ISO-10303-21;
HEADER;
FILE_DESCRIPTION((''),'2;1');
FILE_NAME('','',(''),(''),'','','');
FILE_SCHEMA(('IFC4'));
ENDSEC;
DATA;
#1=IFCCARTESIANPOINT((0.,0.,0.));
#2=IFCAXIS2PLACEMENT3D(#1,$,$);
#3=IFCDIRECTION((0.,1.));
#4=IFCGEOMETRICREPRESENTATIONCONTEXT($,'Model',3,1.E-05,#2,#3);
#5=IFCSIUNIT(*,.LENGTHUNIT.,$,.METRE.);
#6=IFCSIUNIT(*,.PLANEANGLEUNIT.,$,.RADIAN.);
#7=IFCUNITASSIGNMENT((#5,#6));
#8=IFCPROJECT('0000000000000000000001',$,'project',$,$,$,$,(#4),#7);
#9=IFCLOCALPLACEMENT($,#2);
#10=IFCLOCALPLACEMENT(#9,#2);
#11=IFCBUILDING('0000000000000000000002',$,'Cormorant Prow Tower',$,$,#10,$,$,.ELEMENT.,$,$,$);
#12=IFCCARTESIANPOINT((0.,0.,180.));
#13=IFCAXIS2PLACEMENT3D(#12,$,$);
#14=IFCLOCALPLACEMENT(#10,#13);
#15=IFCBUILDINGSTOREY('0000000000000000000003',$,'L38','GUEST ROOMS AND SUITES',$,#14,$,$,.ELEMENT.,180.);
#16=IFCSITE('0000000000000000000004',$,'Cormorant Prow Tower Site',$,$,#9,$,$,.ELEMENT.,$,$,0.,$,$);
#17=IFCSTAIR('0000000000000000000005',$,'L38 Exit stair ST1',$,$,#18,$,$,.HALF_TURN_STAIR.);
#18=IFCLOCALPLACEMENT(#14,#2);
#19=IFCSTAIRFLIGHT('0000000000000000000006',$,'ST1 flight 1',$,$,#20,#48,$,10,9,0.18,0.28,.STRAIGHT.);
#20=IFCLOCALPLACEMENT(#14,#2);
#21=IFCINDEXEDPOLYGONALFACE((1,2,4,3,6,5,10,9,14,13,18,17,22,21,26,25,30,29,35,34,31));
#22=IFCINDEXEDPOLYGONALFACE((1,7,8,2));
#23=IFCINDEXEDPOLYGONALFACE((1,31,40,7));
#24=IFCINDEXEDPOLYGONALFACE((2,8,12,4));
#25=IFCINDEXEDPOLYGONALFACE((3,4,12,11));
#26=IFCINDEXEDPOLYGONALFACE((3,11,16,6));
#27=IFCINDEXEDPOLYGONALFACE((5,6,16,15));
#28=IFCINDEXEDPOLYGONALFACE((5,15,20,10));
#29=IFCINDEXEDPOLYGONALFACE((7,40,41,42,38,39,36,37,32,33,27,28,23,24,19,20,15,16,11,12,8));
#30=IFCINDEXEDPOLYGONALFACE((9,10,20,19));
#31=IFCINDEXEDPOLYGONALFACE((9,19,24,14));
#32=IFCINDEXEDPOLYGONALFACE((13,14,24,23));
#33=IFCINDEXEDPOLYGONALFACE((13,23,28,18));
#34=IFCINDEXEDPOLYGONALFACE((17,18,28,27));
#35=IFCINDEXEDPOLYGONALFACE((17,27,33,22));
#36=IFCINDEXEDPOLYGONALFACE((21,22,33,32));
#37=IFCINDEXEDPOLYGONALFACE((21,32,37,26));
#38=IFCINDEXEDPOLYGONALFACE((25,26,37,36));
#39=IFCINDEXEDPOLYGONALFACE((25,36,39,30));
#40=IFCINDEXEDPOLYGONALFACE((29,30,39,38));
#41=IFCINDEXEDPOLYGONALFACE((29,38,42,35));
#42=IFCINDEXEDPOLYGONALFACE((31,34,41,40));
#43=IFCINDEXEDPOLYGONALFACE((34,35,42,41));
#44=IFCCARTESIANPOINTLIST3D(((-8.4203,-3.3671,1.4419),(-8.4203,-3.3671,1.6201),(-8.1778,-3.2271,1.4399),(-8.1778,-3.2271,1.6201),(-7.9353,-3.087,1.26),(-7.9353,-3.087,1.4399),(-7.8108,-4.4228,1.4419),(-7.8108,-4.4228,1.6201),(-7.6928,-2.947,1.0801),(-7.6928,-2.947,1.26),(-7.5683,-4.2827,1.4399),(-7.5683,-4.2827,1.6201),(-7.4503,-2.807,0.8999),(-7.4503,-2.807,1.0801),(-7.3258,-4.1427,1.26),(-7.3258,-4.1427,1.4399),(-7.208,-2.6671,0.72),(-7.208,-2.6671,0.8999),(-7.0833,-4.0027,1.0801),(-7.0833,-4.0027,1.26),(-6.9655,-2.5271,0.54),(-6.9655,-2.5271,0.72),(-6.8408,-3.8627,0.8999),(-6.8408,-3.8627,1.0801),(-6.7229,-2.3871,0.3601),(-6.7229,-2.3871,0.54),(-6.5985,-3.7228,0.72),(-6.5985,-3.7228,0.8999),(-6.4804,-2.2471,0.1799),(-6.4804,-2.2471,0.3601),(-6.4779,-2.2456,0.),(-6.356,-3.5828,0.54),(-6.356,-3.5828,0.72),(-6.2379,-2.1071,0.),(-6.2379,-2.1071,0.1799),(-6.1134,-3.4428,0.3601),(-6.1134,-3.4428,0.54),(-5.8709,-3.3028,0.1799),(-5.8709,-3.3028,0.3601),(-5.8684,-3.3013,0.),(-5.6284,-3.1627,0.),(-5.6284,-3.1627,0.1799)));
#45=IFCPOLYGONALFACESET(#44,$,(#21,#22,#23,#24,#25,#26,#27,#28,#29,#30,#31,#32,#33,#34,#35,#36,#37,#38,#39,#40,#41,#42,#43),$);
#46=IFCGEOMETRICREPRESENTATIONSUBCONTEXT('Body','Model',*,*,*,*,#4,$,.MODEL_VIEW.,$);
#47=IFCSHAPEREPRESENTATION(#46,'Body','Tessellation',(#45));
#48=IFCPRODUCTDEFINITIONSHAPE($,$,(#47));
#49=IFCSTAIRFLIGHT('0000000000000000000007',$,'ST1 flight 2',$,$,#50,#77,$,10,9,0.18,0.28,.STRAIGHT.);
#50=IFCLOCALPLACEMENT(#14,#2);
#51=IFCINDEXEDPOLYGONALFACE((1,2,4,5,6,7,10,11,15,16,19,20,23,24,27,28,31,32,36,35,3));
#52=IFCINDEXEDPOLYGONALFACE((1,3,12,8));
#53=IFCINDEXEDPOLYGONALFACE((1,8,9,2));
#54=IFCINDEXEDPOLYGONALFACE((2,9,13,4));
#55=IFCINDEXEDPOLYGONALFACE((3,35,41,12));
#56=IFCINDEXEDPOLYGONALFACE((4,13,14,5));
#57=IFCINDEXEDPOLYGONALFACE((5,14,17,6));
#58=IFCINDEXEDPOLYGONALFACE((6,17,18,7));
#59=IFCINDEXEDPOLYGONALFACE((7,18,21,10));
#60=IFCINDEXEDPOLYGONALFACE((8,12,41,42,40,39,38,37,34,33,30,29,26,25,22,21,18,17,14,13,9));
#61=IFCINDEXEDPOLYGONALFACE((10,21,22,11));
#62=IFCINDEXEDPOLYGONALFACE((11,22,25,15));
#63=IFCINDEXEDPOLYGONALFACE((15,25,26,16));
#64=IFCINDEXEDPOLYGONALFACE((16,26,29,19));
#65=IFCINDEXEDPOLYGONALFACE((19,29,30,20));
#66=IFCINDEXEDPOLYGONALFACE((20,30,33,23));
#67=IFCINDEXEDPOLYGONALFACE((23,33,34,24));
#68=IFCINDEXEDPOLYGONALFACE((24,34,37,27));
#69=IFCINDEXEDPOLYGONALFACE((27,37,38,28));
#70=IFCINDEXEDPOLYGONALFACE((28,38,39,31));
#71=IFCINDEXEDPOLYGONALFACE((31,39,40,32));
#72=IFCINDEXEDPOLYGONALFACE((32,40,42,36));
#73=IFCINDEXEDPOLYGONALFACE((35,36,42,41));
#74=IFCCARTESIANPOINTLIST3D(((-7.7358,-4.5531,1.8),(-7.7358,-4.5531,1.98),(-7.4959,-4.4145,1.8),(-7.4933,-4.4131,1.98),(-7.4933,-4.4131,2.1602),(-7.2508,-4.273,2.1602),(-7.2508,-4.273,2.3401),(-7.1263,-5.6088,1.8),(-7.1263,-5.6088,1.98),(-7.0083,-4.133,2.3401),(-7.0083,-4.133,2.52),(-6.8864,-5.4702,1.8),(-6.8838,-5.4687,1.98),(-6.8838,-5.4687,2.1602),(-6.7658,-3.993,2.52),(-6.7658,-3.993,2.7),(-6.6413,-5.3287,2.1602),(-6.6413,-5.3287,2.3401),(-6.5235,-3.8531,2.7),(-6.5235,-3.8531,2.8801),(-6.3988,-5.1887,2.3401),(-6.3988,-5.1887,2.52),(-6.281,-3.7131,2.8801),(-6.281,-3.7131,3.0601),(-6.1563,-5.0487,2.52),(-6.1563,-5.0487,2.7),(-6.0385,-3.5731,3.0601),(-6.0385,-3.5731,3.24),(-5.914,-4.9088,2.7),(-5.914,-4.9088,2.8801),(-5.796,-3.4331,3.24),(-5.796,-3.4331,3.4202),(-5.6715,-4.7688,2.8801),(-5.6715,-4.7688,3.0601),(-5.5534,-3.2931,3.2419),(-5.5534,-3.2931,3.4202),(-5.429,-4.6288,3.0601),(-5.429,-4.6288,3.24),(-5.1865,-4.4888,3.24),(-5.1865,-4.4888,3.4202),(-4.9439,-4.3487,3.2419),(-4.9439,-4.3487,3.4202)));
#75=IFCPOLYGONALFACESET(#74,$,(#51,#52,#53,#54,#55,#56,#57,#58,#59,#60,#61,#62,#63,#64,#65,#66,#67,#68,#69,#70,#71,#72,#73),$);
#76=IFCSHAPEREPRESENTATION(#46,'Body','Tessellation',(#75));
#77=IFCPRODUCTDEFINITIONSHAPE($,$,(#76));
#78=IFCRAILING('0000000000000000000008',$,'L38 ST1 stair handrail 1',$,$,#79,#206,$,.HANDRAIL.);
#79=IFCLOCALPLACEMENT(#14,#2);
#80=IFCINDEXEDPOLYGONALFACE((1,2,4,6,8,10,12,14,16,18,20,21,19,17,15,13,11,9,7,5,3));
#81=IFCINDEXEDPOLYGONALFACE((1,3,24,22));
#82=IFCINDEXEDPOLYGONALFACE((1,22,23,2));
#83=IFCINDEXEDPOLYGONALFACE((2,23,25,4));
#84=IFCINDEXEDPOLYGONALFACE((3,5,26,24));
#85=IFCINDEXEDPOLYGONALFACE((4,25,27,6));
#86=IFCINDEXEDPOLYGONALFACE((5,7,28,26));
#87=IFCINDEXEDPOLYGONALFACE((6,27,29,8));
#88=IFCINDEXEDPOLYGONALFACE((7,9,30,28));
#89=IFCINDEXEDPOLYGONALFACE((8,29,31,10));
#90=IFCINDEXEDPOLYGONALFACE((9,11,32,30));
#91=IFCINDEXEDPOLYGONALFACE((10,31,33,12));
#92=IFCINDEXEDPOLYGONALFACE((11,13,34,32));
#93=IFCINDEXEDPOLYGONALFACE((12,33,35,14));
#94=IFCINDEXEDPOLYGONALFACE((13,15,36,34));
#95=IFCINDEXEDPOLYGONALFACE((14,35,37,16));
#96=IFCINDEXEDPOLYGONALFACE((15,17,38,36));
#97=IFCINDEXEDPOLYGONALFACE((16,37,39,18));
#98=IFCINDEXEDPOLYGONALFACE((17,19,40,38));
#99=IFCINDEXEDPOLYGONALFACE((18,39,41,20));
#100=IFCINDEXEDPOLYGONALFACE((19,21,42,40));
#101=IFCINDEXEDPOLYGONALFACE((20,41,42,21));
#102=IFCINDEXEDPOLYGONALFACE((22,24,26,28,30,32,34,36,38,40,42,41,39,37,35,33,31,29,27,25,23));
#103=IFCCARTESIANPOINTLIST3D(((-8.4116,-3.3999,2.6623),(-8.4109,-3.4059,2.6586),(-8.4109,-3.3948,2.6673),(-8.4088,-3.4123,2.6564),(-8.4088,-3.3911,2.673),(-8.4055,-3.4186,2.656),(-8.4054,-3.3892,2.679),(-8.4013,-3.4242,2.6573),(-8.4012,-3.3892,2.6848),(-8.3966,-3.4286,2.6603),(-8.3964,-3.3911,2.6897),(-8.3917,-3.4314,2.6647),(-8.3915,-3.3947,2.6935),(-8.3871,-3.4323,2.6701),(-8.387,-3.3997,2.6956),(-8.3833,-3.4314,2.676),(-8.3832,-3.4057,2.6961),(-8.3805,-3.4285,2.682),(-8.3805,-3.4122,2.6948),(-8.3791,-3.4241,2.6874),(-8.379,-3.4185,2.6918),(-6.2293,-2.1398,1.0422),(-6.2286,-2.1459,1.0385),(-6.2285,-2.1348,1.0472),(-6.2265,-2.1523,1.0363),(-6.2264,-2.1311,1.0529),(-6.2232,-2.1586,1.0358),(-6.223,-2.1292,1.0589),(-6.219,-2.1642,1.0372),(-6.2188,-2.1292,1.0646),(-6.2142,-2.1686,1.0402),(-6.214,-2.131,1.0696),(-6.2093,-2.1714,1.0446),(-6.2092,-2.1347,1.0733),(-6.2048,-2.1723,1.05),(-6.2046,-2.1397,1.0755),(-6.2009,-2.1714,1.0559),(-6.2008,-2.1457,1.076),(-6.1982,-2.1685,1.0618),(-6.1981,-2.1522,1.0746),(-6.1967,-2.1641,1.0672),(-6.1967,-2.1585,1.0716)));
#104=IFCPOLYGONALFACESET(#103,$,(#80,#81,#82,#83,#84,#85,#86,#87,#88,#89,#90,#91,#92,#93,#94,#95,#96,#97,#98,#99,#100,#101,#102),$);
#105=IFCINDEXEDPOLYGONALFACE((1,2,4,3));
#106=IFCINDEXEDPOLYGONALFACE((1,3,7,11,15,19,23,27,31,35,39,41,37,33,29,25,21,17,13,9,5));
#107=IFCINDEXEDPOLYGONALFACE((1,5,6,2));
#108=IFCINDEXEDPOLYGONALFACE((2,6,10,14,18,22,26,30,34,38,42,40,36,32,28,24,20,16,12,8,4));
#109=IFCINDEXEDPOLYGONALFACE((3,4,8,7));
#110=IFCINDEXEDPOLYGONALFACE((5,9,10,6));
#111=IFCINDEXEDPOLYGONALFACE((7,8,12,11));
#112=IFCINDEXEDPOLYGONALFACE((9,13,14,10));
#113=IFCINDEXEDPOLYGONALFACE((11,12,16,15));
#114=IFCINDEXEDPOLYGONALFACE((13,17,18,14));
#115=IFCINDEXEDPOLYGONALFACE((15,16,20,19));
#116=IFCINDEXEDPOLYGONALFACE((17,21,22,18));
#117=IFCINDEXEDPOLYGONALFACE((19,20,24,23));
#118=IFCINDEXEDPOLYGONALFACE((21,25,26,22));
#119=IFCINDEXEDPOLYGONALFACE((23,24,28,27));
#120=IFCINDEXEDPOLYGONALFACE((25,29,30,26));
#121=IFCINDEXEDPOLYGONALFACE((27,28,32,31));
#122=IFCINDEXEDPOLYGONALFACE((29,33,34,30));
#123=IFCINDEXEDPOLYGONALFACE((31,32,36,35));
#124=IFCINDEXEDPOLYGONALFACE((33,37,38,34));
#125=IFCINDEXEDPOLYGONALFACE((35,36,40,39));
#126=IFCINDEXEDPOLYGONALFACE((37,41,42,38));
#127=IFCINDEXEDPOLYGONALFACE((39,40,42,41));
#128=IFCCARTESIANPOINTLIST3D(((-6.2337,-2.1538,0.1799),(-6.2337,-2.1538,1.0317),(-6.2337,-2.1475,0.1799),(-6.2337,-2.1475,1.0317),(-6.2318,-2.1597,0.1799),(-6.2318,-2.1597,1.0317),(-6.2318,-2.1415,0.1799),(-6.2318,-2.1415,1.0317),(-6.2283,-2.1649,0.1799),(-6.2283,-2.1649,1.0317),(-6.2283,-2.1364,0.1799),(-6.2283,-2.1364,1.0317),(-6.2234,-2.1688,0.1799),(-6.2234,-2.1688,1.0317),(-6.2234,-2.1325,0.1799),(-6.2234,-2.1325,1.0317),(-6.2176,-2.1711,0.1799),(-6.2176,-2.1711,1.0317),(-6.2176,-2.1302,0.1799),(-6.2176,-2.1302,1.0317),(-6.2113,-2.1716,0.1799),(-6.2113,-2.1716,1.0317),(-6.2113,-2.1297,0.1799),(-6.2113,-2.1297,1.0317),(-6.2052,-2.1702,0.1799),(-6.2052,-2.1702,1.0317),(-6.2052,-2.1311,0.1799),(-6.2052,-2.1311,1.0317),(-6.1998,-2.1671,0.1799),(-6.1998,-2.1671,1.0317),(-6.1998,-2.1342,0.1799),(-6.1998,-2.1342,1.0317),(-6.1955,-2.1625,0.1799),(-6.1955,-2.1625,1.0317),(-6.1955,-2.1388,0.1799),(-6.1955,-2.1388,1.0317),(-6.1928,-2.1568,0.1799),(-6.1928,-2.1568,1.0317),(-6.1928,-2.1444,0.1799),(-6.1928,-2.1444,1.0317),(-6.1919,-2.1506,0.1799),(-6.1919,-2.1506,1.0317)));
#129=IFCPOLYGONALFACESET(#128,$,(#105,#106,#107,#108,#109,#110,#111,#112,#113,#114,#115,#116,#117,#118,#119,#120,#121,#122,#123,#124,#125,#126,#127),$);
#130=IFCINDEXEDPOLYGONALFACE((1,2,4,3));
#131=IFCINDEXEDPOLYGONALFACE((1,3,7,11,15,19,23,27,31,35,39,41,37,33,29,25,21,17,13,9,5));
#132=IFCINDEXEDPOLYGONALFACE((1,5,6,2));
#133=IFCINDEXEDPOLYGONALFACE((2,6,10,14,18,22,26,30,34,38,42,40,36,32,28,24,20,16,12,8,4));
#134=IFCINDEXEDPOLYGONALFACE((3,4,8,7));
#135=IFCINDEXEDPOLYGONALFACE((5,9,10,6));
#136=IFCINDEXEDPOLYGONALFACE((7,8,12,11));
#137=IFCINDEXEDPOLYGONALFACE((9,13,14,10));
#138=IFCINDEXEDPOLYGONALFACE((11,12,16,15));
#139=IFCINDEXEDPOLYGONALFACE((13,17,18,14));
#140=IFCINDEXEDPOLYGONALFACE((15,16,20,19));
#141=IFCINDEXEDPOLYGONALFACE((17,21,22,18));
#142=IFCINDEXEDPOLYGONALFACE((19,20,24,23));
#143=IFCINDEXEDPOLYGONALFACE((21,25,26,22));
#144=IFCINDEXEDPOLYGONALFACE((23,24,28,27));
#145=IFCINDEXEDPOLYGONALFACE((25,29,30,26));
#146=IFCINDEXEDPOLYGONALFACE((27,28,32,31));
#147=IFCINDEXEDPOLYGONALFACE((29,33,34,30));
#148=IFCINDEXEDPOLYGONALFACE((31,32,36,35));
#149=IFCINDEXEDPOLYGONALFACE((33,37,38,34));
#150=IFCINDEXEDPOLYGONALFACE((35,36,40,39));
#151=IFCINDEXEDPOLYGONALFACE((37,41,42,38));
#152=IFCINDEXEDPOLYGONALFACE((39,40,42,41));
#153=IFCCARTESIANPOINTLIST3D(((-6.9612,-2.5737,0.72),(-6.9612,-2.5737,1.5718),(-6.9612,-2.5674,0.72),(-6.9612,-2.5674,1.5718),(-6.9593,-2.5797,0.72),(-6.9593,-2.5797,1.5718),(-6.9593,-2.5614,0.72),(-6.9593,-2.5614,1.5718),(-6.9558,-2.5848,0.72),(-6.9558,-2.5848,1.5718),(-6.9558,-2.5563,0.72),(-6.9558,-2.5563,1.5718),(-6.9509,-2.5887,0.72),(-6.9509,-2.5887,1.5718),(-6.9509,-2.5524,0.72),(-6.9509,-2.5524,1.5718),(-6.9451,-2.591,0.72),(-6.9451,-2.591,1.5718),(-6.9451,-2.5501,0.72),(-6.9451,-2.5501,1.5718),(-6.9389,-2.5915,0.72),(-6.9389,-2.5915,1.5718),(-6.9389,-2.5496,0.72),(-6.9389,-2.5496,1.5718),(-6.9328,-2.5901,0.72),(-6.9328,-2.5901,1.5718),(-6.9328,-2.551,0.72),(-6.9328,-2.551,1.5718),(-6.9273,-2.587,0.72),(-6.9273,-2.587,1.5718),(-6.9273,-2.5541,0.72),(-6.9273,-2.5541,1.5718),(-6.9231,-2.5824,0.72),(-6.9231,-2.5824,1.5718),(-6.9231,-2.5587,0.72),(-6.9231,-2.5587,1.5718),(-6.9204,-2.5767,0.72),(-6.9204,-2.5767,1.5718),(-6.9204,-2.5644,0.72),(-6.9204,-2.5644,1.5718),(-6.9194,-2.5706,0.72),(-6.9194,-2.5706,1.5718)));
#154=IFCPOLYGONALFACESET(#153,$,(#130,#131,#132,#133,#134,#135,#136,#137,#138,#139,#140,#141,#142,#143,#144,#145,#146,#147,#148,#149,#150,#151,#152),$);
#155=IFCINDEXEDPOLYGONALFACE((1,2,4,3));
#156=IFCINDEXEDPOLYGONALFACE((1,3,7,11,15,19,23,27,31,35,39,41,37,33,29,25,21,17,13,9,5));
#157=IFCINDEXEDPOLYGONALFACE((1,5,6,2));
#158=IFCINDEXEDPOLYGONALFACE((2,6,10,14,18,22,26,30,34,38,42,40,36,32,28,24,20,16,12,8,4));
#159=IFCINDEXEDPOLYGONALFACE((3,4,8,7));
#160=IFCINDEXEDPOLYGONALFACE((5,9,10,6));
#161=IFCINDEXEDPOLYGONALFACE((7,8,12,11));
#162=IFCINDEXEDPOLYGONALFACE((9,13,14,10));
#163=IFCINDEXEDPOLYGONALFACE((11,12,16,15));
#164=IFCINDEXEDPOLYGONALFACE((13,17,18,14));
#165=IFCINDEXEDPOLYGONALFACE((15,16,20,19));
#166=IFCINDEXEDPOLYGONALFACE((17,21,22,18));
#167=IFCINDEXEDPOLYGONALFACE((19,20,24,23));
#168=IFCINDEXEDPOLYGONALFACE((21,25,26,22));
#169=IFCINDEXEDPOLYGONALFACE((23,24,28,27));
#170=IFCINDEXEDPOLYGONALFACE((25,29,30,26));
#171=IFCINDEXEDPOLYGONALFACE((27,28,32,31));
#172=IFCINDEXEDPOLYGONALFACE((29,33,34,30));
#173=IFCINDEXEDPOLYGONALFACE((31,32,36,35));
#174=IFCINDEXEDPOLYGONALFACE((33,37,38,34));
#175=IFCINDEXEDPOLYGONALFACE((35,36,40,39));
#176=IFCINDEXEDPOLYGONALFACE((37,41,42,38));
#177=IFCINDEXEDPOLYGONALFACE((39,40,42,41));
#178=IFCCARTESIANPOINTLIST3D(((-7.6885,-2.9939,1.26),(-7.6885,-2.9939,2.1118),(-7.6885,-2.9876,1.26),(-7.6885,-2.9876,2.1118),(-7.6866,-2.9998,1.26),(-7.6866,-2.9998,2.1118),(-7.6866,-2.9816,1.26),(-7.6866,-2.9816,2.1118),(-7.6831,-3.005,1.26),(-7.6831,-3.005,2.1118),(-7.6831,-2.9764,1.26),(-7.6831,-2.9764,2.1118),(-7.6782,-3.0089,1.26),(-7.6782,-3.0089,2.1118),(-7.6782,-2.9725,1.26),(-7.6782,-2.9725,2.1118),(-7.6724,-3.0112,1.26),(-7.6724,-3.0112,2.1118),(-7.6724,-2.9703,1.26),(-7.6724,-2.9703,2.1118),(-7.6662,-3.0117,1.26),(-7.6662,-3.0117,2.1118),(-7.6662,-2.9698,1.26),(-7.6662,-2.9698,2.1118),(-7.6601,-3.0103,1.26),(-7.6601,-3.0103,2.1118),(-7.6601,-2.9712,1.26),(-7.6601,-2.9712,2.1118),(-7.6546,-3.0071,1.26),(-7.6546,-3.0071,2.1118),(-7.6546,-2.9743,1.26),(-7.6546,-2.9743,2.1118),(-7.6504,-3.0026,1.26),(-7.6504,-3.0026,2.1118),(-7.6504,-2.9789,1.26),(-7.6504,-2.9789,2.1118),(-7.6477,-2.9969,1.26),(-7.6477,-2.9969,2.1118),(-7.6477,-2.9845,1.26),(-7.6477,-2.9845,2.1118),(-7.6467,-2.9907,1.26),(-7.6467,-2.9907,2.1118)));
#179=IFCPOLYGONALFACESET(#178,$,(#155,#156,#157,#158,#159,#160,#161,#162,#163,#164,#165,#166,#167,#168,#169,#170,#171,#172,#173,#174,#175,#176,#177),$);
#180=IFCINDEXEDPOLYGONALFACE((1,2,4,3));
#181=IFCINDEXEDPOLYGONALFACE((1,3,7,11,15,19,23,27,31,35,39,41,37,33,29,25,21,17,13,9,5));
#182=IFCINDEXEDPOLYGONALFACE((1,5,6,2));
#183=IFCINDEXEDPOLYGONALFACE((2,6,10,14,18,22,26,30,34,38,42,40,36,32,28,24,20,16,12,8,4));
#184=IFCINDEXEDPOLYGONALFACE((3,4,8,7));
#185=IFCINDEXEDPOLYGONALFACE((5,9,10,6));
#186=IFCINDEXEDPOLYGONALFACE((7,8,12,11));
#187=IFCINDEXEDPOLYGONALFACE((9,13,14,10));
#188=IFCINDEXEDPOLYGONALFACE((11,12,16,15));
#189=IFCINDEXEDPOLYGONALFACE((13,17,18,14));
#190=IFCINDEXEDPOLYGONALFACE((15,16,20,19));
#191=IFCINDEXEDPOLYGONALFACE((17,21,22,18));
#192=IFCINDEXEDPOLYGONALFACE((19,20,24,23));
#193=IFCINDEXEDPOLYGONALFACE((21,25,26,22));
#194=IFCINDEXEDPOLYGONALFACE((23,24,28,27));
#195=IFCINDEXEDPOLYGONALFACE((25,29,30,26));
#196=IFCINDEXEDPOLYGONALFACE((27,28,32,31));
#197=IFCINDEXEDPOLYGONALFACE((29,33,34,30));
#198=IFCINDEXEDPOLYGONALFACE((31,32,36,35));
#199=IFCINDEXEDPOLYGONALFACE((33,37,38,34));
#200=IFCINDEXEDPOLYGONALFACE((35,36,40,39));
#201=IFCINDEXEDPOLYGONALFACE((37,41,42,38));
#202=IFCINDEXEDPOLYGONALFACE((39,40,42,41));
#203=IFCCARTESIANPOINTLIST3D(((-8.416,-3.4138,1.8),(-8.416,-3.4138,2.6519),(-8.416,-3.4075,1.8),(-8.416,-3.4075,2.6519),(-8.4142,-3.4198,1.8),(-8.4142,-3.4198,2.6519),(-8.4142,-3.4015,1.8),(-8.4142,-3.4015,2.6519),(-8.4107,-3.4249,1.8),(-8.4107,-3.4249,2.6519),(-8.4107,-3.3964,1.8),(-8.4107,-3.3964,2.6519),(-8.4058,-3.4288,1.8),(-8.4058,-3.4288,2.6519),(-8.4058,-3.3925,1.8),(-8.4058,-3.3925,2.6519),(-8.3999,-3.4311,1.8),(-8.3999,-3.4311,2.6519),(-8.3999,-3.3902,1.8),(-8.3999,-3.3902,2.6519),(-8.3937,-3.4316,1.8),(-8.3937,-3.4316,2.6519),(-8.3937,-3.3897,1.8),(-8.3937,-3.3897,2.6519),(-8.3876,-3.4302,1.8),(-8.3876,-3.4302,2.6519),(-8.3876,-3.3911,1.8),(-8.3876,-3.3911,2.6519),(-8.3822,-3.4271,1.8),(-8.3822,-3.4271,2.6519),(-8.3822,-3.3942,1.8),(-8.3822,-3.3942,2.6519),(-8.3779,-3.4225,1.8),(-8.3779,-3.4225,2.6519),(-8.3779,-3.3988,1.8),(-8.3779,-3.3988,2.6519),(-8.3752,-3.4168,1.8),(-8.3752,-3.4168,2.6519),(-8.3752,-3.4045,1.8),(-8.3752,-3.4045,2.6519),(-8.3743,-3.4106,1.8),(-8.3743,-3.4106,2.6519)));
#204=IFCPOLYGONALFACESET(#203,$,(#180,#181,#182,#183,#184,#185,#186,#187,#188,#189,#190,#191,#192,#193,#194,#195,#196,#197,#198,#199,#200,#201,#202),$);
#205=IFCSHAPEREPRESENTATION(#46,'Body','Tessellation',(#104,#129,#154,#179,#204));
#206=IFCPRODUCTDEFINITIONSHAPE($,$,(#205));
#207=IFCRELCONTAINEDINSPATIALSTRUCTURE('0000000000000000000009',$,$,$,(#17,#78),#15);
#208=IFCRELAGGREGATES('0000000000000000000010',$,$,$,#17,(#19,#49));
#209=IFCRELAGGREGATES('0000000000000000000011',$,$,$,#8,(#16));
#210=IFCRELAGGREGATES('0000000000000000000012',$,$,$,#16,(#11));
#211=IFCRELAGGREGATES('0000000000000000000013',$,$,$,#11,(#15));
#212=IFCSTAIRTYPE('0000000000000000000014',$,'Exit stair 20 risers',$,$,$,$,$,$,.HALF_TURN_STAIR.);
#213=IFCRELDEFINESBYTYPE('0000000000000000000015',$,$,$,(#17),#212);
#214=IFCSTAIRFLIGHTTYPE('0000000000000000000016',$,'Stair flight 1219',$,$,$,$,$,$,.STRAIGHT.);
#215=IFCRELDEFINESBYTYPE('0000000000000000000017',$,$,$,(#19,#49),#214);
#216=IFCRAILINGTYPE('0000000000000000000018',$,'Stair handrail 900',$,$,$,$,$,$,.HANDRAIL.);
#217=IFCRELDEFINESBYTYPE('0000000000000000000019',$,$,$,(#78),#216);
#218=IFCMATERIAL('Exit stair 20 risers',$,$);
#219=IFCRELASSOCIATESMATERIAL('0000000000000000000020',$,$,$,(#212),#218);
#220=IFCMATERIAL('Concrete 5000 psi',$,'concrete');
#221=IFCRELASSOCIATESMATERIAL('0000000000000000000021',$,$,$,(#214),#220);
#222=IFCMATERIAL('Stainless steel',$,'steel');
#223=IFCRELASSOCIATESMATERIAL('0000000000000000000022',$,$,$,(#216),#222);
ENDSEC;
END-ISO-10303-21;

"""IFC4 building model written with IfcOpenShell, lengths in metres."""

from ifc_helpers import new_model, si_unit, direction, frame, origin, origin_2d, place, context, subcontext, project, spatial, polyline, circle, outline, extrude, material, type_object, element, aggregate, save


model = new_model("IFC4")

# Units and contexts
model_context = context("Model", 3, precision=1e-05, world=origin(), true_north=direction((0.0, 1.0)))
body_context = subcontext(model_context, "Body", "Model", "MODEL_VIEW")
ifc_project = project(units=[si_unit("LENGTHUNIT", "METRE"), si_unit("PLANEANGLEUNIT", "RADIAN")], contexts=[model_context])

# Site, building, storey
site_placement = place(None, origin())
site = spatial("IfcSite", under=ifc_project, at=site_placement, Name="Cormorant Prow Tower Site", CompositionType="ELEMENT", RefElevation=0.0)
building_placement = place(site_placement, origin())
building = spatial("IfcBuilding", under=site, at=building_placement, Name="Cormorant Prow Tower", CompositionType="ELEMENT")
storey_placement = place(building_placement, frame((0.0, 0.0, 180.0)))
storey = spatial("IfcBuildingStorey", under=building, at=storey_placement, Name="L38", Description="GUEST ROOMS AND SUITES", CompositionType="ELEMENT", Elevation=180.0)

# Stair, stair flights
ifc_material_1 = material(Name="Exit stair 20 risers")
stair_type = type_object("IfcStairType", Name="Exit stair 20 risers", PredefinedType="HALF_TURN_STAIR", material=ifc_material_1)
stair_placement = place(storey_placement, origin())
stair = element("IfcStair", 1, at=stair_placement, inside=storey, type_object=stair_type, Name="L38 Exit stair ST1", PredefinedType="HALF_TURN_STAIR")
ifc_material_2 = material(Name="Concrete 5000 psi", Category="concrete")
stair_flight_type = type_object("IfcStairFlightType", Name="Stair flight 1219", PredefinedType="STRAIGHT", material=ifc_material_2)
stair_flight_1_placement = place(storey_placement, frame((-5.9331, -2.635, 0.0), z_axis=(0.0, 0.0, 1.0), x_axis=(-0.866025, -0.5, 0.0)))
stair_flight_1 = element("IfcStairFlight", 2, at=stair_flight_1_placement, type_object=stair_flight_type, Name="ST1 flight 1", NumberOfRisers=10, NumberOfTreads=9, PredefinedType="STRAIGHT", RiserHeight=0.18, TreadLength=0.28, context=body_context, shape_type="SweptSolid", body=[
    extrude(outline(polyline([(0.0, 0.0), (0.0, 0.1799), (0.28, 0.1799), (0.28, 0.3601), (0.5601, 0.3601), (0.5601, 0.54), (0.8401, 0.54), (0.8401, 0.72), (1.1201, 0.72), (1.1201, 0.8999), (1.3999, 0.8999), (1.3999, 1.0801), (1.6799, 1.0801), (1.6799, 1.26), (1.96, 1.26), (1.96, 1.4399), (2.24, 1.4399), (2.24, 1.6201), (2.52, 1.6201), (2.52, 1.8), (2.52, 1.4419), (0.2771, 0.0), (0.0, 0.0)])), frame((0.0, 0.6094, 0.0), z_axis=(0.0, -1.0, 0.0), x_axis=(1.0, 0.0, 0.0)), (0.0, 0.0, 1.0), 1.219),
])
stair_flight_2_placement = place(storey_placement, frame((-7.4312, -5.0808, 1.8), z_axis=(0.0, 0.0, 1.0), x_axis=(0.866025, 0.5, 0.0)))
stair_flight_2 = element("IfcStairFlight", 3, at=stair_flight_2_placement, type_object=stair_flight_type, Name="ST1 flight 2", NumberOfRisers=10, NumberOfTreads=9, PredefinedType="STRAIGHT", RiserHeight=0.18, TreadLength=0.28, context=body_context, shape_type="SweptSolid", body=[
    extrude(outline(polyline([(0.0, 0.0), (0.0, 0.1799), (0.28, 0.1799), (0.28, 0.3601), (0.5601, 0.3601), (0.5601, 0.54), (0.8401, 0.54), (0.8401, 0.72), (1.1201, 0.72), (1.1201, 0.8999), (1.3999, 0.8999), (1.3999, 1.0801), (1.6799, 1.0801), (1.6799, 1.26), (1.96, 1.26), (1.96, 1.4399), (2.24, 1.4399), (2.24, 1.6201), (2.52, 1.6201), (2.52, 1.8), (2.52, 1.4419), (0.2771, 0.0), (0.0, 0.0)])), frame((0.0, 0.6094, 0.0), z_axis=(0.0, -1.0, 0.0), x_axis=(1.0, 0.0, 0.0)), (0.0, 0.0, 1.0), 1.219),
])
aggregate(stair, [stair_flight_1, stair_flight_2])

# Railing
ifc_material_3 = material(Name="Stainless steel", Category="steel")
railing_type_1 = type_object("IfcRailingType", Name="Stair handrail 900", PredefinedType="HANDRAIL", material=ifc_material_3)
railing_1_placement = place(storey_placement, frame((-6.2129, -2.1506, 0.1799)))
element("IfcRailing", 4, at=railing_1_placement, inside=storey, type_object=railing_type_1, Name="L38 ST1 stair handrail 1", PredefinedType="HANDRAIL", context=body_context, shape_type="SweptSolid", body=[
    extrude(circle(Radius=0.0239, at=origin_2d()), frame((0.0, 0.0, 0.876), z_axis=(-0.728464, -0.420584, 0.540786), x_axis=(0.500005, -0.866023, 0.0)), (0.0, 0.0, 1.0), 2.9958),
    extrude(circle(Radius=0.021, at=origin_2d()), origin(), (0.0, 0.0, 1.0), 0.8518),
    extrude(circle(Radius=0.021, at=origin_2d()), frame((-0.7275, -0.4199, 0.54)), (0.0, 0.0, 1.0), 0.8518),
    extrude(circle(Radius=0.021, at=origin_2d()), frame((-1.4548, -0.8401, 1.0801)), (0.0, 0.0, 1.0), 0.8518),
    extrude(circle(Radius=0.021, at=origin_2d()), frame((-2.1824, -1.26, 1.6201)), (0.0, 0.0, 1.0), 0.8518),
])

save(model, "model.ifc")
